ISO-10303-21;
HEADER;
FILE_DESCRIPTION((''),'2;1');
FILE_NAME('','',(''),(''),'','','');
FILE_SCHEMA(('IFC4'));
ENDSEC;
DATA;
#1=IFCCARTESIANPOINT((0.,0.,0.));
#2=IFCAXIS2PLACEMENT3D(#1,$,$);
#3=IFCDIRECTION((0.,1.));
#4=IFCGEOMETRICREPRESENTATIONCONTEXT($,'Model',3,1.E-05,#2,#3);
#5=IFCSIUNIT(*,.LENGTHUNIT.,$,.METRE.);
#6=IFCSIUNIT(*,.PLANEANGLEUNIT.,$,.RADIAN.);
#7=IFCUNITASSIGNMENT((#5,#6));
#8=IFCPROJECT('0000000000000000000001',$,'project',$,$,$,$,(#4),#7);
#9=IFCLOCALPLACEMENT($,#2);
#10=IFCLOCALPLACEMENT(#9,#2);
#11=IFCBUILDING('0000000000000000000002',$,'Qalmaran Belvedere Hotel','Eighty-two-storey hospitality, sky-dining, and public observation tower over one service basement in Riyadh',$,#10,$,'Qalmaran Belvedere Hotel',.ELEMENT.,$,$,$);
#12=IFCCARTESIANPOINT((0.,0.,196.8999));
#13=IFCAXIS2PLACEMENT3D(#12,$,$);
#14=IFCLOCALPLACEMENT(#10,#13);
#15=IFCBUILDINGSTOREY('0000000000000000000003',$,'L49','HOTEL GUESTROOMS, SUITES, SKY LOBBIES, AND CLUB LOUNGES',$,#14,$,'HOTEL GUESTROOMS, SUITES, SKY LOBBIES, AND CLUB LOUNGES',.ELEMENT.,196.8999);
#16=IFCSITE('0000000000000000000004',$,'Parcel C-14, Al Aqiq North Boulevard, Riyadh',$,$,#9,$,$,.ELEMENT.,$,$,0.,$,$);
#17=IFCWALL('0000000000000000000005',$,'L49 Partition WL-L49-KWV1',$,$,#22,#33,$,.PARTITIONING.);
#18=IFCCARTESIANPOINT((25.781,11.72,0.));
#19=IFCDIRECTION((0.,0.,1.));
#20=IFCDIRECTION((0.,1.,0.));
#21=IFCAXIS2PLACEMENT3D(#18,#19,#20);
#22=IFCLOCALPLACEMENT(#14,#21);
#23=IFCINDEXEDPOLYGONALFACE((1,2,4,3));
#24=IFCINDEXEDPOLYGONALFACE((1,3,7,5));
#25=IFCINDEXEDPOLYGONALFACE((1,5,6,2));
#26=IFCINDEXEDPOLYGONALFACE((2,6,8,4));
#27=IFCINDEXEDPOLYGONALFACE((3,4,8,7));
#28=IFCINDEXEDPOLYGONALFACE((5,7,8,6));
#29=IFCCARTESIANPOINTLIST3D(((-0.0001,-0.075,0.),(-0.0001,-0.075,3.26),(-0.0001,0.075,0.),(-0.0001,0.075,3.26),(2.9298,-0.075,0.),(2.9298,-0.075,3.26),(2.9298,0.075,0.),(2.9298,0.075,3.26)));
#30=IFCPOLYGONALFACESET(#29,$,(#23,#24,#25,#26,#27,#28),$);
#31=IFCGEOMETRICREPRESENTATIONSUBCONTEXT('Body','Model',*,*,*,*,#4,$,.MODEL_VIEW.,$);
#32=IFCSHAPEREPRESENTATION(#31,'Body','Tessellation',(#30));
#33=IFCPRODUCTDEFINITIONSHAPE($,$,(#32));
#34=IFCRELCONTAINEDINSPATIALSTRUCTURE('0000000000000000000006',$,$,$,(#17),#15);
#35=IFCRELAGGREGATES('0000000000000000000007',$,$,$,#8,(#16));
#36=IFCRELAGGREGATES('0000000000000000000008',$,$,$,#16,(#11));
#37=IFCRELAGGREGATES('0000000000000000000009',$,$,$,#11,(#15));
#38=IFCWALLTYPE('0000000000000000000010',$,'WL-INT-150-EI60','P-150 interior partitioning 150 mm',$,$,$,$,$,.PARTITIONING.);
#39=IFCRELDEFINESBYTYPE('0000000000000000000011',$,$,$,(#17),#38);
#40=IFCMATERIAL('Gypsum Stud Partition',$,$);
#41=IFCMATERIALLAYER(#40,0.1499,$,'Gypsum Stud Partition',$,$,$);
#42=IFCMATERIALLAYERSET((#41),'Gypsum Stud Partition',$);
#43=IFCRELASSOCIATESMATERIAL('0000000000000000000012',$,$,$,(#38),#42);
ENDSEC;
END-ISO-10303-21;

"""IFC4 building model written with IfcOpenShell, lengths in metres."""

from ifc_helpers import new_model, si_unit, direction, frame, frame_2d, origin, place, context, subcontext, project, spatial, rectangle, extrude, material, layer, layer_set, type_object, element, save


model = new_model("IFC4")

# Units and contexts
model_context = context("Model", 3, precision=1e-05, world=origin(), true_north=direction((0.0, 1.0)))
body_context = subcontext(model_context, "Body", "Model", "MODEL_VIEW")
ifc_project = project(units=[si_unit("LENGTHUNIT", "METRE"), si_unit("PLANEANGLEUNIT", "RADIAN")], contexts=[model_context])

# Site, building, storey
site_placement = place(None, origin())
site = spatial("IfcSite", under=ifc_project, at=site_placement, Name="Parcel C-14, Al Aqiq North Boulevard, Riyadh", CompositionType="ELEMENT", RefElevation=0.0)
building_placement = place(site_placement, origin())
building = spatial("IfcBuilding", under=site, at=building_placement, Name="Qalmaran Belvedere Hotel", Description="Eighty-two-storey hospitality, sky-dining, and public observation tower over one service basement in Riyadh", LongName="Qalmaran Belvedere Hotel", CompositionType="ELEMENT")
storey_placement = place(building_placement, frame((0.0, 0.0, 196.8999)))
storey = spatial("IfcBuildingStorey", under=building, at=storey_placement, Name="L49", Description="HOTEL GUESTROOMS, SUITES, SKY LOBBIES, AND CLUB LOUNGES", LongName="HOTEL GUESTROOMS, SUITES, SKY LOBBIES, AND CLUB LOUNGES", CompositionType="ELEMENT", Elevation=196.8999)

# Wall
ifc_material_1 = material(Name="Gypsum Stud Partition")
ifc_layer_1 = layer(ifc_material_1, 0.1499, Name="Gypsum Stud Partition")
ifc_layer_set_1 = layer_set([ifc_layer_1], Name="Gypsum Stud Partition")
wall_type_1 = type_object("IfcWallType", Name="WL-INT-150-EI60", Description="P-150 interior partitioning 150 mm", PredefinedType="PARTITIONING", material=ifc_layer_set_1)
wall_1_placement = place(storey_placement, frame((25.781, 11.72, 0.0), z_axis=(0.0, 0.0, 1.0), x_axis=(0.0, 1.0, 0.0)))
element("IfcWall", 1, at=wall_1_placement, inside=storey, type_object=wall_type_1, Name="L49 Partition WL-L49-KWV1", PredefinedType="PARTITIONING", context=body_context, shape_type="SweptSolid", body=[
    extrude(rectangle(XDim=2.9299, YDim=0.1499, at=frame_2d((1.4648, 0.0))), origin(), (0.0, 0.0, 1.0), 3.26),
])

save(model, "model.ifc")
